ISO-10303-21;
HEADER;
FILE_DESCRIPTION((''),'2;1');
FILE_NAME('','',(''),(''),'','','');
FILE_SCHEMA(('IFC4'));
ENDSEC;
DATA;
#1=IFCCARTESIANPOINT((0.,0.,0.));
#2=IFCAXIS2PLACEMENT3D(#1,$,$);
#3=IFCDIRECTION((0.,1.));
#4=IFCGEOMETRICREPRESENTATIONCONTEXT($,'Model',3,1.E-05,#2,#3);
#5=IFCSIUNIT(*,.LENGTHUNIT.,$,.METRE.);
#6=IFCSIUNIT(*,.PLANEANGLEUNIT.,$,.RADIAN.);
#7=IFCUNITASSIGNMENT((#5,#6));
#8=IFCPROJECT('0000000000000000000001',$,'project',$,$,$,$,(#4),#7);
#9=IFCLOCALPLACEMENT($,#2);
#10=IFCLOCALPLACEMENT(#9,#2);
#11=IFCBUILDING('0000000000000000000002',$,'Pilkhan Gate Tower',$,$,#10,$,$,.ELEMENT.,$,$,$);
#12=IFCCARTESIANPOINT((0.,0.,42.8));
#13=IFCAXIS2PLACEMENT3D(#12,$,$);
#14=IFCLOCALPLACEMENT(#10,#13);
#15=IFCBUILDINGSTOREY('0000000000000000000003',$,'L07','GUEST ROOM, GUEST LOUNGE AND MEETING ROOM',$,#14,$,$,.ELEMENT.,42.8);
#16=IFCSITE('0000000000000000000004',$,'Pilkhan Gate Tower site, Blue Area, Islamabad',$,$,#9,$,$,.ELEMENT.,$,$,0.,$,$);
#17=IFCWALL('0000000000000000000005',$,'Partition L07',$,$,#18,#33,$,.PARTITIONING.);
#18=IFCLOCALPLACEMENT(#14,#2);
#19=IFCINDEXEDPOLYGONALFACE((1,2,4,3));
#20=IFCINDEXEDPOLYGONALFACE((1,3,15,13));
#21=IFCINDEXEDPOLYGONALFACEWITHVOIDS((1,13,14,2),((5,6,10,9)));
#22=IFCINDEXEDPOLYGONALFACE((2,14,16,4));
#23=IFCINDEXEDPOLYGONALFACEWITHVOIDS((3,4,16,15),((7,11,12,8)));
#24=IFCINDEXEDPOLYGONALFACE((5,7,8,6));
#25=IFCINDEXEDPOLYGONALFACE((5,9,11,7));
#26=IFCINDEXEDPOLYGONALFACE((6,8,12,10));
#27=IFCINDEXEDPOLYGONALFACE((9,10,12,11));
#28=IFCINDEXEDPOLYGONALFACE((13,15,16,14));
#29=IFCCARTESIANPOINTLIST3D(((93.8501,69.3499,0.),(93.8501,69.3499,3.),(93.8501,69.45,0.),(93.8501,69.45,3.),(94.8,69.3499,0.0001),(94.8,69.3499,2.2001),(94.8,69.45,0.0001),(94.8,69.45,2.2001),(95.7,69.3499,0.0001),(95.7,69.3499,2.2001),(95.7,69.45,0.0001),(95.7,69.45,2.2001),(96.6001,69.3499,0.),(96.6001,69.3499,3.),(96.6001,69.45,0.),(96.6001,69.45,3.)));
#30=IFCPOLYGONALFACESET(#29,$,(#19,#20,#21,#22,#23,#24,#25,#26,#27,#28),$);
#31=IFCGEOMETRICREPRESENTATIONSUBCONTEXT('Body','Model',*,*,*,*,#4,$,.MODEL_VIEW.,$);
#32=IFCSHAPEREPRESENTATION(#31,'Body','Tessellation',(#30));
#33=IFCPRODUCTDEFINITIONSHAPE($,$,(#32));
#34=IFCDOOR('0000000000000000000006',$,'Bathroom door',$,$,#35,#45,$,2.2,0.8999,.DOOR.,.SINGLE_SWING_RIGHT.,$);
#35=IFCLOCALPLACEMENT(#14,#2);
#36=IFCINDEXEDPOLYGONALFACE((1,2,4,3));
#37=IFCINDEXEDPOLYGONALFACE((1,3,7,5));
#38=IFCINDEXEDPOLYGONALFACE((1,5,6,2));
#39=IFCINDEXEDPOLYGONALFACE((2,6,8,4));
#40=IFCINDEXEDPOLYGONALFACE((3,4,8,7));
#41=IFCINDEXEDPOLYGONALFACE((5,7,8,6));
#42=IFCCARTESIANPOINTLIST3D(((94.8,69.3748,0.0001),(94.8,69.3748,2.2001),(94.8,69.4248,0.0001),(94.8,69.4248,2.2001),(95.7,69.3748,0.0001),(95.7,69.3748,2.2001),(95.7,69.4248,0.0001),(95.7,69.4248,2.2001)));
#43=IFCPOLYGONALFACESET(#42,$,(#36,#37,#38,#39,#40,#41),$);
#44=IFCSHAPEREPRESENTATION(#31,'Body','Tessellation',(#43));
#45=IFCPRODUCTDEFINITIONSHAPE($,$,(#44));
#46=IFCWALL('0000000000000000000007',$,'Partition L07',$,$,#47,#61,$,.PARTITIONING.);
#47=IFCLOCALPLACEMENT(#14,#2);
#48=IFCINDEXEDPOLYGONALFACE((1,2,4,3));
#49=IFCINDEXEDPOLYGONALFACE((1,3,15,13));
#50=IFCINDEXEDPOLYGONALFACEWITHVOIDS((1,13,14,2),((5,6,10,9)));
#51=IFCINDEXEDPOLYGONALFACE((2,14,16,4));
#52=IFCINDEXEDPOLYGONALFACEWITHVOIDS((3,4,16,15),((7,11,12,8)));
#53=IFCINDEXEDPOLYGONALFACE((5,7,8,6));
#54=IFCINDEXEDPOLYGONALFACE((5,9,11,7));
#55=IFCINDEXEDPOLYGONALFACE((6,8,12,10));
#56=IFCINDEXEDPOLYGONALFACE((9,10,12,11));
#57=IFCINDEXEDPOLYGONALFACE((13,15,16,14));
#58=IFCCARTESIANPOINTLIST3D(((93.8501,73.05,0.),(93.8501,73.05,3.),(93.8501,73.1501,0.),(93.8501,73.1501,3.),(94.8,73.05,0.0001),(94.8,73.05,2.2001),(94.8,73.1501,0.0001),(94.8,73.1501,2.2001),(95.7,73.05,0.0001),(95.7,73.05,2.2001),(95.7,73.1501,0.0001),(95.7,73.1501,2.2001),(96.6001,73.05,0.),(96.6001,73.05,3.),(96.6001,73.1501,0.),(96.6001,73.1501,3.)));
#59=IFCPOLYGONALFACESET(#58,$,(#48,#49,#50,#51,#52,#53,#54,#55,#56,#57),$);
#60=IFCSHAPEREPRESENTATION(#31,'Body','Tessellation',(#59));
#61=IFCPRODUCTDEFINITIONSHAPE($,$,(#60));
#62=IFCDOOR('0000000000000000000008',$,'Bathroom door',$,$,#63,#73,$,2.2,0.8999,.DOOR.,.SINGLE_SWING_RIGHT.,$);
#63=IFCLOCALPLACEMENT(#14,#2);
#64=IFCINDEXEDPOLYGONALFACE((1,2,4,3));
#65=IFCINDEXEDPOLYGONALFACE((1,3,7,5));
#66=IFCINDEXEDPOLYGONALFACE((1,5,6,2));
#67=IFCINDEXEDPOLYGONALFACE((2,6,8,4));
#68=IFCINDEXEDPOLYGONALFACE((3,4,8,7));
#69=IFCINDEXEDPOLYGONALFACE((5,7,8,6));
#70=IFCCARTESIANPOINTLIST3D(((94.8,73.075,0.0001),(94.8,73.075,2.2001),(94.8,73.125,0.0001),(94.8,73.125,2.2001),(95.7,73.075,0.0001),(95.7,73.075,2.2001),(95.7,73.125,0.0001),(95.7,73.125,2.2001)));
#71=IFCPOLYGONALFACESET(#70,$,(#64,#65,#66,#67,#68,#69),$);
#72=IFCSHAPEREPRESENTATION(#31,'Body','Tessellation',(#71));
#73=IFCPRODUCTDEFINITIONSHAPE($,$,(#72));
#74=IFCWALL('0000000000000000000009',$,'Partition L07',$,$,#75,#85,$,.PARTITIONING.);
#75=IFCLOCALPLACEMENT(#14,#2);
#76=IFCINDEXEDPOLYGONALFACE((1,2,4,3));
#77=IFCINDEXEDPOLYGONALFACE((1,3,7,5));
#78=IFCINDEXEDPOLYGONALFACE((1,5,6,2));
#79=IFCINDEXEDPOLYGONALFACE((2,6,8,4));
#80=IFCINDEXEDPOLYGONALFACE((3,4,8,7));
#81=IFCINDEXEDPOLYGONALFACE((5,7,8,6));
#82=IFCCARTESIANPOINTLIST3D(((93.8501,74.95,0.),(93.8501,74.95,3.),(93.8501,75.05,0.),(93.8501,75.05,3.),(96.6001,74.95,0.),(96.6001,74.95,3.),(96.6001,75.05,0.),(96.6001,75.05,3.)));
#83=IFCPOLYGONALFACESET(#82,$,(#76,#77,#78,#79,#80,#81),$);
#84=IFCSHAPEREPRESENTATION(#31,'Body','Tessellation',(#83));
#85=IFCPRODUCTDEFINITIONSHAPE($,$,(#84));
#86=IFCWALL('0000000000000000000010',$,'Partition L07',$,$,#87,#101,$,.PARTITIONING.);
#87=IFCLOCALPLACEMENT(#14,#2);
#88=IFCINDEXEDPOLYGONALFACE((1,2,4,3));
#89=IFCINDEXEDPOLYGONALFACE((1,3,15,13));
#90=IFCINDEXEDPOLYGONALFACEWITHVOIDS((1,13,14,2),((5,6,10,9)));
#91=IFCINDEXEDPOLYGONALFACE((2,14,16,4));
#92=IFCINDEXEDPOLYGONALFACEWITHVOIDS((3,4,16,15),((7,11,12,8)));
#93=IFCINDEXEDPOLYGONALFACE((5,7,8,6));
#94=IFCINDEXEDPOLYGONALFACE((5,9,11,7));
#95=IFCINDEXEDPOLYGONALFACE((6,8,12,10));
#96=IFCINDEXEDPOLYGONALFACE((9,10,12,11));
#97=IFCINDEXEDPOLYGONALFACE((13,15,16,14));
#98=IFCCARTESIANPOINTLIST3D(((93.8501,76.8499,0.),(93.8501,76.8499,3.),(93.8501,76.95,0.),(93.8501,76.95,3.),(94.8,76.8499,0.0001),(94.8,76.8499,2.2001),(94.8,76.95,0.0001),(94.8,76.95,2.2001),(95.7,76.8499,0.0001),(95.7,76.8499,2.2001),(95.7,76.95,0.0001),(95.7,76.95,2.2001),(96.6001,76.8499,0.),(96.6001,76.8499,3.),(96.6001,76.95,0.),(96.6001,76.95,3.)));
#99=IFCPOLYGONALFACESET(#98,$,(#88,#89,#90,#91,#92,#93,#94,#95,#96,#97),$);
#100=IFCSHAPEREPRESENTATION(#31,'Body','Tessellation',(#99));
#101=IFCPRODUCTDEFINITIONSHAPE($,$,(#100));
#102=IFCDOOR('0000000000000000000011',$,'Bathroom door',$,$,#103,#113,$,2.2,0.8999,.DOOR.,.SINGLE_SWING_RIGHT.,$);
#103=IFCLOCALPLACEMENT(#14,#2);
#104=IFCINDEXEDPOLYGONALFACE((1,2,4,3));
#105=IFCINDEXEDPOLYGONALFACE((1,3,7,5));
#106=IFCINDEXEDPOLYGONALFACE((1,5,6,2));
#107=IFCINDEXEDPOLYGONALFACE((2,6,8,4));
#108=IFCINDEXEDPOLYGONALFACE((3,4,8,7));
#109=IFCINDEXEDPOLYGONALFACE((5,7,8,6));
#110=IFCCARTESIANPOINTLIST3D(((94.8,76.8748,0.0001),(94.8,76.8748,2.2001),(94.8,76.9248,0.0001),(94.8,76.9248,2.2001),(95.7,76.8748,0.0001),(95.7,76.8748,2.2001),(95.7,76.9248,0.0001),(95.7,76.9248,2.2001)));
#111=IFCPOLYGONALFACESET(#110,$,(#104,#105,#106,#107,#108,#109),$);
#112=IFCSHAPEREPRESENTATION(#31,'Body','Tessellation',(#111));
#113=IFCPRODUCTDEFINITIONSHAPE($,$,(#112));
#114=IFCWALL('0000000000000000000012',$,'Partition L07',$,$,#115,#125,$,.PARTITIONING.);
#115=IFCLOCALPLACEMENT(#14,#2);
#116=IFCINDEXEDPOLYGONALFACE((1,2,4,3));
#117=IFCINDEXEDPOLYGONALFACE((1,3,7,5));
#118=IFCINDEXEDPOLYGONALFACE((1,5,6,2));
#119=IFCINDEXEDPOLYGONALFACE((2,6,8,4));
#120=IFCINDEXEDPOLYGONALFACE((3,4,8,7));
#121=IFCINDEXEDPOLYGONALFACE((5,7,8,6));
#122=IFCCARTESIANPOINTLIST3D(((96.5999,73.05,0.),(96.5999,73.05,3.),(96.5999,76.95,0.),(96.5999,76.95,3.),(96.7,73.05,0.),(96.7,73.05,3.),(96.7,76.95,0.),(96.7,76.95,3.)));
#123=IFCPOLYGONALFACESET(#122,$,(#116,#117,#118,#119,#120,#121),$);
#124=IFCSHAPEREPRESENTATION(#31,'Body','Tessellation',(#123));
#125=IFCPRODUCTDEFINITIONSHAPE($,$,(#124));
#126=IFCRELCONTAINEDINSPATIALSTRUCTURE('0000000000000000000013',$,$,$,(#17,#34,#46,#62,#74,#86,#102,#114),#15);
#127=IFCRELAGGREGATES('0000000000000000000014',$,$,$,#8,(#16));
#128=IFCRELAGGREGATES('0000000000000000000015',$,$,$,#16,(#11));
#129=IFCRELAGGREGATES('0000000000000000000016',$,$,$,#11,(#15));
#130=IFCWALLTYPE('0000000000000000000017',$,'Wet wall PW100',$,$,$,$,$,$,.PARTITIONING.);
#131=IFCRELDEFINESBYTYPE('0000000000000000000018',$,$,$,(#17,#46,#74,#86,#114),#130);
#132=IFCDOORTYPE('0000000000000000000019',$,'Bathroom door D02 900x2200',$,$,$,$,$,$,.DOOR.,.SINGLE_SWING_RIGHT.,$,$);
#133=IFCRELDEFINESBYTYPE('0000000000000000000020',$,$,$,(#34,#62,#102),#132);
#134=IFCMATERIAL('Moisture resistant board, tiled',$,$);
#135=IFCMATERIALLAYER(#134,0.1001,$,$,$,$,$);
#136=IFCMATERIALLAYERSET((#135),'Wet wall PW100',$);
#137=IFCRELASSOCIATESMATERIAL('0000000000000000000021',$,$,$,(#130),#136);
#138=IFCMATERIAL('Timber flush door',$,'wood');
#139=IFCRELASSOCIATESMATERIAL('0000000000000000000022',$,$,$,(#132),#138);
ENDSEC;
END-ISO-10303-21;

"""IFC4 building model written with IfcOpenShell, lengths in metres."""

from ifc_helpers import new_model, si_unit, direction, frame, frame_2d, origin, place, context, subcontext, project, spatial, rectangle, extrude, material, layer, layer_set, type_object, element, fill, save


model = new_model("IFC4")

# Units and contexts
model_context = context("Model", 3, precision=1e-05, world=origin(), true_north=direction((0.0, 1.0)))
body_context = subcontext(model_context, "Body", "Model", "MODEL_VIEW")
ifc_project = project(units=[si_unit("LENGTHUNIT", "METRE"), si_unit("PLANEANGLEUNIT", "RADIAN")], contexts=[model_context])

# Site, building, storey
site_placement = place(None, origin())
site = spatial("IfcSite", under=ifc_project, at=site_placement, Name="Pilkhan Gate Tower site, Blue Area, Islamabad", CompositionType="ELEMENT", RefElevation=0.0)
building_placement = place(site_placement, origin())
building = spatial("IfcBuilding", under=site, at=building_placement, Name="Pilkhan Gate Tower", CompositionType="ELEMENT")
storey_placement = place(building_placement, frame((0.0, 0.0, 42.8)))
storey = spatial("IfcBuildingStorey", under=building, at=storey_placement, Name="L07", Description="GUEST ROOM, GUEST LOUNGE AND MEETING ROOM", CompositionType="ELEMENT", Elevation=42.8)

# Walls, openings, doors
ifc_material_1 = material(Name="Moisture resistant board, tiled")
ifc_layer_1 = layer(ifc_material_1, 0.1001)
ifc_layer_set_1 = layer_set([ifc_layer_1], Name="Wet wall PW100")
wall_type_1 = type_object("IfcWallType", Name="Wet wall PW100", PredefinedType="PARTITIONING", material=ifc_layer_set_1)
wall_1_placement = place(storey_placement, frame((93.8501, 69.3999, 0.0), z_axis=(0.0, 0.0, 1.0), x_axis=(1.0, 0.0, 0.0)))
wall_1 = element("IfcWall", 1, at=wall_1_placement, inside=storey, type_object=wall_type_1, Name="Partition L07", PredefinedType="PARTITIONING", context=body_context, shape_type="SweptSolid", body=[
    extrude(rectangle(XDim=2.75, YDim=0.1001, at=frame_2d((1.375, 0.0))), origin(), (0.0, 0.0, 1.0), 3.0),
])
opening_1_placement = place(wall_1_placement, frame((0.95, 0.0, 0.0)))
opening_1 = element("IfcOpeningElement", 2, at=opening_1_placement, cuts=wall_1, PredefinedType="OPENING", context=body_context, shape_type="SweptSolid", body=[
    extrude(rectangle(XDim=0.8999, YDim=2.2, at=frame_2d((0.45, 1.1001))), frame((0.0, 0.0601, 0.0), z_axis=(0.0, -1.0, 0.0), x_axis=(1.0, 0.0, 0.0)), (0.0, 0.0, 1.0), 0.1201),
])
ifc_material_2 = material(Name="Timber flush door", Category="wood")
door_type = type_object("IfcDoorType", Name="Bathroom door D02 900x2200", OperationType="SINGLE_SWING_RIGHT", PredefinedType="DOOR", material=ifc_material_2)
door_1_placement = place(opening_1_placement, origin())
door_1 = element("IfcDoor", 3, at=door_1_placement, inside=storey, type_object=door_type, Name="Bathroom door", OperationType="SINGLE_SWING_RIGHT", OverallHeight=2.2, OverallWidth=0.8999, PredefinedType="DOOR", context=body_context, shape_type="SweptSolid", body=[
    extrude(rectangle(XDim=0.8999, YDim=2.2, at=frame_2d((0.45, 1.1001))), frame((0.0, 0.0249, 0.0), z_axis=(0.0, -1.0, 0.0), x_axis=(1.0, 0.0, 0.0)), (0.0, 0.0, 1.0), 0.05),
])
fill(opening_1, door_1)
wall_2_placement = place(storey_placement, frame((93.8501, 73.1001, 0.0), z_axis=(0.0, 0.0, 1.0), x_axis=(1.0, 0.0, 0.0)))
wall_2 = element("IfcWall", 4, at=wall_2_placement, inside=storey, type_object=wall_type_1, Name="Partition L07", PredefinedType="PARTITIONING", context=body_context, shape_type="SweptSolid", body=[
    extrude(rectangle(XDim=2.75, YDim=0.1001, at=frame_2d((1.375, 0.0))), origin(), (0.0, 0.0, 1.0), 3.0),
])
opening_2_placement = place(wall_2_placement, frame((0.95, 0.0, 0.0)))
opening_2 = element("IfcOpeningElement", 5, at=opening_2_placement, cuts=wall_2, PredefinedType="OPENING", context=body_context, shape_type="SweptSolid", body=[
    extrude(rectangle(XDim=0.8999, YDim=2.2, at=frame_2d((0.45, 1.1001))), frame((0.0, 0.0601, 0.0), z_axis=(0.0, -1.0, 0.0), x_axis=(1.0, 0.0, 0.0)), (0.0, 0.0, 1.0), 0.1201),
])
door_2_placement = place(opening_2_placement, origin())
door_2 = element("IfcDoor", 6, at=door_2_placement, inside=storey, type_object=door_type, Name="Bathroom door", OperationType="SINGLE_SWING_RIGHT", OverallHeight=2.2, OverallWidth=0.8999, PredefinedType="DOOR", context=body_context, shape_type="SweptSolid", body=[
    extrude(rectangle(XDim=0.8999, YDim=2.2, at=frame_2d((0.45, 1.1001))), frame((0.0, 0.0249, 0.0), z_axis=(0.0, -1.0, 0.0), x_axis=(1.0, 0.0, 0.0)), (0.0, 0.0, 1.0), 0.05),
])
fill(opening_2, door_2)

# Wall
wall_3_placement = place(storey_placement, frame((93.8501, 75.0, 0.0), z_axis=(0.0, 0.0, 1.0), x_axis=(1.0, 0.0, 0.0)))
element("IfcWall", 7, at=wall_3_placement, inside=storey, type_object=wall_type_1, Name="Partition L07", PredefinedType="PARTITIONING", context=body_context, shape_type="SweptSolid", body=[
    extrude(rectangle(XDim=2.75, YDim=0.1001, at=frame_2d((1.375, 0.0))), origin(), (0.0, 0.0, 1.0), 3.0),
])

# Wall, opening, door
wall_4_placement = place(storey_placement, frame((93.8501, 76.8999, 0.0), z_axis=(0.0, 0.0, 1.0), x_axis=(1.0, 0.0, 0.0)))
wall_4 = element("IfcWall", 8, at=wall_4_placement, inside=storey, type_object=wall_type_1, Name="Partition L07", PredefinedType="PARTITIONING", context=body_context, shape_type="SweptSolid", body=[
    extrude(rectangle(XDim=2.75, YDim=0.1001, at=frame_2d((1.375, 0.0))), origin(), (0.0, 0.0, 1.0), 3.0),
])
opening_3_placement = place(wall_4_placement, frame((0.95, 0.0, 0.0)))
opening_3 = element("IfcOpeningElement", 9, at=opening_3_placement, cuts=wall_4, PredefinedType="OPENING", context=body_context, shape_type="SweptSolid", body=[
    extrude(rectangle(XDim=0.8999, YDim=2.2, at=frame_2d((0.45, 1.1001))), frame((0.0, 0.0601, 0.0), z_axis=(0.0, -1.0, 0.0), x_axis=(1.0, 0.0, 0.0)), (0.0, 0.0, 1.0), 0.1201),
])
door_3_placement = place(opening_3_placement, origin())
door_3 = element("IfcDoor", 10, at=door_3_placement, inside=storey, type_object=door_type, Name="Bathroom door", OperationType="SINGLE_SWING_RIGHT", OverallHeight=2.2, OverallWidth=0.8999, PredefinedType="DOOR", context=body_context, shape_type="SweptSolid", body=[
    extrude(rectangle(XDim=0.8999, YDim=2.2, at=frame_2d((0.45, 1.1001))), frame((0.0, 0.0249, 0.0), z_axis=(0.0, -1.0, 0.0), x_axis=(1.0, 0.0, 0.0)), (0.0, 0.0, 1.0), 0.05),
])
fill(opening_3, door_3)

# Wall
wall_5_placement = place(storey_placement, frame((96.6499, 73.05, 0.0), z_axis=(0.0, 0.0, 1.0), x_axis=(0.0, 1.0, 0.0)))
element("IfcWall", 11, at=wall_5_placement, inside=storey, type_object=wall_type_1, Name="Partition L07", PredefinedType="PARTITIONING", context=body_context, shape_type="SweptSolid", body=[
    extrude(rectangle(XDim=3.8999, YDim=0.1001, at=frame_2d((1.95, 0.0))), origin(), (0.0, 0.0, 1.0), 3.0),
])

save(model, "model.ifc")
